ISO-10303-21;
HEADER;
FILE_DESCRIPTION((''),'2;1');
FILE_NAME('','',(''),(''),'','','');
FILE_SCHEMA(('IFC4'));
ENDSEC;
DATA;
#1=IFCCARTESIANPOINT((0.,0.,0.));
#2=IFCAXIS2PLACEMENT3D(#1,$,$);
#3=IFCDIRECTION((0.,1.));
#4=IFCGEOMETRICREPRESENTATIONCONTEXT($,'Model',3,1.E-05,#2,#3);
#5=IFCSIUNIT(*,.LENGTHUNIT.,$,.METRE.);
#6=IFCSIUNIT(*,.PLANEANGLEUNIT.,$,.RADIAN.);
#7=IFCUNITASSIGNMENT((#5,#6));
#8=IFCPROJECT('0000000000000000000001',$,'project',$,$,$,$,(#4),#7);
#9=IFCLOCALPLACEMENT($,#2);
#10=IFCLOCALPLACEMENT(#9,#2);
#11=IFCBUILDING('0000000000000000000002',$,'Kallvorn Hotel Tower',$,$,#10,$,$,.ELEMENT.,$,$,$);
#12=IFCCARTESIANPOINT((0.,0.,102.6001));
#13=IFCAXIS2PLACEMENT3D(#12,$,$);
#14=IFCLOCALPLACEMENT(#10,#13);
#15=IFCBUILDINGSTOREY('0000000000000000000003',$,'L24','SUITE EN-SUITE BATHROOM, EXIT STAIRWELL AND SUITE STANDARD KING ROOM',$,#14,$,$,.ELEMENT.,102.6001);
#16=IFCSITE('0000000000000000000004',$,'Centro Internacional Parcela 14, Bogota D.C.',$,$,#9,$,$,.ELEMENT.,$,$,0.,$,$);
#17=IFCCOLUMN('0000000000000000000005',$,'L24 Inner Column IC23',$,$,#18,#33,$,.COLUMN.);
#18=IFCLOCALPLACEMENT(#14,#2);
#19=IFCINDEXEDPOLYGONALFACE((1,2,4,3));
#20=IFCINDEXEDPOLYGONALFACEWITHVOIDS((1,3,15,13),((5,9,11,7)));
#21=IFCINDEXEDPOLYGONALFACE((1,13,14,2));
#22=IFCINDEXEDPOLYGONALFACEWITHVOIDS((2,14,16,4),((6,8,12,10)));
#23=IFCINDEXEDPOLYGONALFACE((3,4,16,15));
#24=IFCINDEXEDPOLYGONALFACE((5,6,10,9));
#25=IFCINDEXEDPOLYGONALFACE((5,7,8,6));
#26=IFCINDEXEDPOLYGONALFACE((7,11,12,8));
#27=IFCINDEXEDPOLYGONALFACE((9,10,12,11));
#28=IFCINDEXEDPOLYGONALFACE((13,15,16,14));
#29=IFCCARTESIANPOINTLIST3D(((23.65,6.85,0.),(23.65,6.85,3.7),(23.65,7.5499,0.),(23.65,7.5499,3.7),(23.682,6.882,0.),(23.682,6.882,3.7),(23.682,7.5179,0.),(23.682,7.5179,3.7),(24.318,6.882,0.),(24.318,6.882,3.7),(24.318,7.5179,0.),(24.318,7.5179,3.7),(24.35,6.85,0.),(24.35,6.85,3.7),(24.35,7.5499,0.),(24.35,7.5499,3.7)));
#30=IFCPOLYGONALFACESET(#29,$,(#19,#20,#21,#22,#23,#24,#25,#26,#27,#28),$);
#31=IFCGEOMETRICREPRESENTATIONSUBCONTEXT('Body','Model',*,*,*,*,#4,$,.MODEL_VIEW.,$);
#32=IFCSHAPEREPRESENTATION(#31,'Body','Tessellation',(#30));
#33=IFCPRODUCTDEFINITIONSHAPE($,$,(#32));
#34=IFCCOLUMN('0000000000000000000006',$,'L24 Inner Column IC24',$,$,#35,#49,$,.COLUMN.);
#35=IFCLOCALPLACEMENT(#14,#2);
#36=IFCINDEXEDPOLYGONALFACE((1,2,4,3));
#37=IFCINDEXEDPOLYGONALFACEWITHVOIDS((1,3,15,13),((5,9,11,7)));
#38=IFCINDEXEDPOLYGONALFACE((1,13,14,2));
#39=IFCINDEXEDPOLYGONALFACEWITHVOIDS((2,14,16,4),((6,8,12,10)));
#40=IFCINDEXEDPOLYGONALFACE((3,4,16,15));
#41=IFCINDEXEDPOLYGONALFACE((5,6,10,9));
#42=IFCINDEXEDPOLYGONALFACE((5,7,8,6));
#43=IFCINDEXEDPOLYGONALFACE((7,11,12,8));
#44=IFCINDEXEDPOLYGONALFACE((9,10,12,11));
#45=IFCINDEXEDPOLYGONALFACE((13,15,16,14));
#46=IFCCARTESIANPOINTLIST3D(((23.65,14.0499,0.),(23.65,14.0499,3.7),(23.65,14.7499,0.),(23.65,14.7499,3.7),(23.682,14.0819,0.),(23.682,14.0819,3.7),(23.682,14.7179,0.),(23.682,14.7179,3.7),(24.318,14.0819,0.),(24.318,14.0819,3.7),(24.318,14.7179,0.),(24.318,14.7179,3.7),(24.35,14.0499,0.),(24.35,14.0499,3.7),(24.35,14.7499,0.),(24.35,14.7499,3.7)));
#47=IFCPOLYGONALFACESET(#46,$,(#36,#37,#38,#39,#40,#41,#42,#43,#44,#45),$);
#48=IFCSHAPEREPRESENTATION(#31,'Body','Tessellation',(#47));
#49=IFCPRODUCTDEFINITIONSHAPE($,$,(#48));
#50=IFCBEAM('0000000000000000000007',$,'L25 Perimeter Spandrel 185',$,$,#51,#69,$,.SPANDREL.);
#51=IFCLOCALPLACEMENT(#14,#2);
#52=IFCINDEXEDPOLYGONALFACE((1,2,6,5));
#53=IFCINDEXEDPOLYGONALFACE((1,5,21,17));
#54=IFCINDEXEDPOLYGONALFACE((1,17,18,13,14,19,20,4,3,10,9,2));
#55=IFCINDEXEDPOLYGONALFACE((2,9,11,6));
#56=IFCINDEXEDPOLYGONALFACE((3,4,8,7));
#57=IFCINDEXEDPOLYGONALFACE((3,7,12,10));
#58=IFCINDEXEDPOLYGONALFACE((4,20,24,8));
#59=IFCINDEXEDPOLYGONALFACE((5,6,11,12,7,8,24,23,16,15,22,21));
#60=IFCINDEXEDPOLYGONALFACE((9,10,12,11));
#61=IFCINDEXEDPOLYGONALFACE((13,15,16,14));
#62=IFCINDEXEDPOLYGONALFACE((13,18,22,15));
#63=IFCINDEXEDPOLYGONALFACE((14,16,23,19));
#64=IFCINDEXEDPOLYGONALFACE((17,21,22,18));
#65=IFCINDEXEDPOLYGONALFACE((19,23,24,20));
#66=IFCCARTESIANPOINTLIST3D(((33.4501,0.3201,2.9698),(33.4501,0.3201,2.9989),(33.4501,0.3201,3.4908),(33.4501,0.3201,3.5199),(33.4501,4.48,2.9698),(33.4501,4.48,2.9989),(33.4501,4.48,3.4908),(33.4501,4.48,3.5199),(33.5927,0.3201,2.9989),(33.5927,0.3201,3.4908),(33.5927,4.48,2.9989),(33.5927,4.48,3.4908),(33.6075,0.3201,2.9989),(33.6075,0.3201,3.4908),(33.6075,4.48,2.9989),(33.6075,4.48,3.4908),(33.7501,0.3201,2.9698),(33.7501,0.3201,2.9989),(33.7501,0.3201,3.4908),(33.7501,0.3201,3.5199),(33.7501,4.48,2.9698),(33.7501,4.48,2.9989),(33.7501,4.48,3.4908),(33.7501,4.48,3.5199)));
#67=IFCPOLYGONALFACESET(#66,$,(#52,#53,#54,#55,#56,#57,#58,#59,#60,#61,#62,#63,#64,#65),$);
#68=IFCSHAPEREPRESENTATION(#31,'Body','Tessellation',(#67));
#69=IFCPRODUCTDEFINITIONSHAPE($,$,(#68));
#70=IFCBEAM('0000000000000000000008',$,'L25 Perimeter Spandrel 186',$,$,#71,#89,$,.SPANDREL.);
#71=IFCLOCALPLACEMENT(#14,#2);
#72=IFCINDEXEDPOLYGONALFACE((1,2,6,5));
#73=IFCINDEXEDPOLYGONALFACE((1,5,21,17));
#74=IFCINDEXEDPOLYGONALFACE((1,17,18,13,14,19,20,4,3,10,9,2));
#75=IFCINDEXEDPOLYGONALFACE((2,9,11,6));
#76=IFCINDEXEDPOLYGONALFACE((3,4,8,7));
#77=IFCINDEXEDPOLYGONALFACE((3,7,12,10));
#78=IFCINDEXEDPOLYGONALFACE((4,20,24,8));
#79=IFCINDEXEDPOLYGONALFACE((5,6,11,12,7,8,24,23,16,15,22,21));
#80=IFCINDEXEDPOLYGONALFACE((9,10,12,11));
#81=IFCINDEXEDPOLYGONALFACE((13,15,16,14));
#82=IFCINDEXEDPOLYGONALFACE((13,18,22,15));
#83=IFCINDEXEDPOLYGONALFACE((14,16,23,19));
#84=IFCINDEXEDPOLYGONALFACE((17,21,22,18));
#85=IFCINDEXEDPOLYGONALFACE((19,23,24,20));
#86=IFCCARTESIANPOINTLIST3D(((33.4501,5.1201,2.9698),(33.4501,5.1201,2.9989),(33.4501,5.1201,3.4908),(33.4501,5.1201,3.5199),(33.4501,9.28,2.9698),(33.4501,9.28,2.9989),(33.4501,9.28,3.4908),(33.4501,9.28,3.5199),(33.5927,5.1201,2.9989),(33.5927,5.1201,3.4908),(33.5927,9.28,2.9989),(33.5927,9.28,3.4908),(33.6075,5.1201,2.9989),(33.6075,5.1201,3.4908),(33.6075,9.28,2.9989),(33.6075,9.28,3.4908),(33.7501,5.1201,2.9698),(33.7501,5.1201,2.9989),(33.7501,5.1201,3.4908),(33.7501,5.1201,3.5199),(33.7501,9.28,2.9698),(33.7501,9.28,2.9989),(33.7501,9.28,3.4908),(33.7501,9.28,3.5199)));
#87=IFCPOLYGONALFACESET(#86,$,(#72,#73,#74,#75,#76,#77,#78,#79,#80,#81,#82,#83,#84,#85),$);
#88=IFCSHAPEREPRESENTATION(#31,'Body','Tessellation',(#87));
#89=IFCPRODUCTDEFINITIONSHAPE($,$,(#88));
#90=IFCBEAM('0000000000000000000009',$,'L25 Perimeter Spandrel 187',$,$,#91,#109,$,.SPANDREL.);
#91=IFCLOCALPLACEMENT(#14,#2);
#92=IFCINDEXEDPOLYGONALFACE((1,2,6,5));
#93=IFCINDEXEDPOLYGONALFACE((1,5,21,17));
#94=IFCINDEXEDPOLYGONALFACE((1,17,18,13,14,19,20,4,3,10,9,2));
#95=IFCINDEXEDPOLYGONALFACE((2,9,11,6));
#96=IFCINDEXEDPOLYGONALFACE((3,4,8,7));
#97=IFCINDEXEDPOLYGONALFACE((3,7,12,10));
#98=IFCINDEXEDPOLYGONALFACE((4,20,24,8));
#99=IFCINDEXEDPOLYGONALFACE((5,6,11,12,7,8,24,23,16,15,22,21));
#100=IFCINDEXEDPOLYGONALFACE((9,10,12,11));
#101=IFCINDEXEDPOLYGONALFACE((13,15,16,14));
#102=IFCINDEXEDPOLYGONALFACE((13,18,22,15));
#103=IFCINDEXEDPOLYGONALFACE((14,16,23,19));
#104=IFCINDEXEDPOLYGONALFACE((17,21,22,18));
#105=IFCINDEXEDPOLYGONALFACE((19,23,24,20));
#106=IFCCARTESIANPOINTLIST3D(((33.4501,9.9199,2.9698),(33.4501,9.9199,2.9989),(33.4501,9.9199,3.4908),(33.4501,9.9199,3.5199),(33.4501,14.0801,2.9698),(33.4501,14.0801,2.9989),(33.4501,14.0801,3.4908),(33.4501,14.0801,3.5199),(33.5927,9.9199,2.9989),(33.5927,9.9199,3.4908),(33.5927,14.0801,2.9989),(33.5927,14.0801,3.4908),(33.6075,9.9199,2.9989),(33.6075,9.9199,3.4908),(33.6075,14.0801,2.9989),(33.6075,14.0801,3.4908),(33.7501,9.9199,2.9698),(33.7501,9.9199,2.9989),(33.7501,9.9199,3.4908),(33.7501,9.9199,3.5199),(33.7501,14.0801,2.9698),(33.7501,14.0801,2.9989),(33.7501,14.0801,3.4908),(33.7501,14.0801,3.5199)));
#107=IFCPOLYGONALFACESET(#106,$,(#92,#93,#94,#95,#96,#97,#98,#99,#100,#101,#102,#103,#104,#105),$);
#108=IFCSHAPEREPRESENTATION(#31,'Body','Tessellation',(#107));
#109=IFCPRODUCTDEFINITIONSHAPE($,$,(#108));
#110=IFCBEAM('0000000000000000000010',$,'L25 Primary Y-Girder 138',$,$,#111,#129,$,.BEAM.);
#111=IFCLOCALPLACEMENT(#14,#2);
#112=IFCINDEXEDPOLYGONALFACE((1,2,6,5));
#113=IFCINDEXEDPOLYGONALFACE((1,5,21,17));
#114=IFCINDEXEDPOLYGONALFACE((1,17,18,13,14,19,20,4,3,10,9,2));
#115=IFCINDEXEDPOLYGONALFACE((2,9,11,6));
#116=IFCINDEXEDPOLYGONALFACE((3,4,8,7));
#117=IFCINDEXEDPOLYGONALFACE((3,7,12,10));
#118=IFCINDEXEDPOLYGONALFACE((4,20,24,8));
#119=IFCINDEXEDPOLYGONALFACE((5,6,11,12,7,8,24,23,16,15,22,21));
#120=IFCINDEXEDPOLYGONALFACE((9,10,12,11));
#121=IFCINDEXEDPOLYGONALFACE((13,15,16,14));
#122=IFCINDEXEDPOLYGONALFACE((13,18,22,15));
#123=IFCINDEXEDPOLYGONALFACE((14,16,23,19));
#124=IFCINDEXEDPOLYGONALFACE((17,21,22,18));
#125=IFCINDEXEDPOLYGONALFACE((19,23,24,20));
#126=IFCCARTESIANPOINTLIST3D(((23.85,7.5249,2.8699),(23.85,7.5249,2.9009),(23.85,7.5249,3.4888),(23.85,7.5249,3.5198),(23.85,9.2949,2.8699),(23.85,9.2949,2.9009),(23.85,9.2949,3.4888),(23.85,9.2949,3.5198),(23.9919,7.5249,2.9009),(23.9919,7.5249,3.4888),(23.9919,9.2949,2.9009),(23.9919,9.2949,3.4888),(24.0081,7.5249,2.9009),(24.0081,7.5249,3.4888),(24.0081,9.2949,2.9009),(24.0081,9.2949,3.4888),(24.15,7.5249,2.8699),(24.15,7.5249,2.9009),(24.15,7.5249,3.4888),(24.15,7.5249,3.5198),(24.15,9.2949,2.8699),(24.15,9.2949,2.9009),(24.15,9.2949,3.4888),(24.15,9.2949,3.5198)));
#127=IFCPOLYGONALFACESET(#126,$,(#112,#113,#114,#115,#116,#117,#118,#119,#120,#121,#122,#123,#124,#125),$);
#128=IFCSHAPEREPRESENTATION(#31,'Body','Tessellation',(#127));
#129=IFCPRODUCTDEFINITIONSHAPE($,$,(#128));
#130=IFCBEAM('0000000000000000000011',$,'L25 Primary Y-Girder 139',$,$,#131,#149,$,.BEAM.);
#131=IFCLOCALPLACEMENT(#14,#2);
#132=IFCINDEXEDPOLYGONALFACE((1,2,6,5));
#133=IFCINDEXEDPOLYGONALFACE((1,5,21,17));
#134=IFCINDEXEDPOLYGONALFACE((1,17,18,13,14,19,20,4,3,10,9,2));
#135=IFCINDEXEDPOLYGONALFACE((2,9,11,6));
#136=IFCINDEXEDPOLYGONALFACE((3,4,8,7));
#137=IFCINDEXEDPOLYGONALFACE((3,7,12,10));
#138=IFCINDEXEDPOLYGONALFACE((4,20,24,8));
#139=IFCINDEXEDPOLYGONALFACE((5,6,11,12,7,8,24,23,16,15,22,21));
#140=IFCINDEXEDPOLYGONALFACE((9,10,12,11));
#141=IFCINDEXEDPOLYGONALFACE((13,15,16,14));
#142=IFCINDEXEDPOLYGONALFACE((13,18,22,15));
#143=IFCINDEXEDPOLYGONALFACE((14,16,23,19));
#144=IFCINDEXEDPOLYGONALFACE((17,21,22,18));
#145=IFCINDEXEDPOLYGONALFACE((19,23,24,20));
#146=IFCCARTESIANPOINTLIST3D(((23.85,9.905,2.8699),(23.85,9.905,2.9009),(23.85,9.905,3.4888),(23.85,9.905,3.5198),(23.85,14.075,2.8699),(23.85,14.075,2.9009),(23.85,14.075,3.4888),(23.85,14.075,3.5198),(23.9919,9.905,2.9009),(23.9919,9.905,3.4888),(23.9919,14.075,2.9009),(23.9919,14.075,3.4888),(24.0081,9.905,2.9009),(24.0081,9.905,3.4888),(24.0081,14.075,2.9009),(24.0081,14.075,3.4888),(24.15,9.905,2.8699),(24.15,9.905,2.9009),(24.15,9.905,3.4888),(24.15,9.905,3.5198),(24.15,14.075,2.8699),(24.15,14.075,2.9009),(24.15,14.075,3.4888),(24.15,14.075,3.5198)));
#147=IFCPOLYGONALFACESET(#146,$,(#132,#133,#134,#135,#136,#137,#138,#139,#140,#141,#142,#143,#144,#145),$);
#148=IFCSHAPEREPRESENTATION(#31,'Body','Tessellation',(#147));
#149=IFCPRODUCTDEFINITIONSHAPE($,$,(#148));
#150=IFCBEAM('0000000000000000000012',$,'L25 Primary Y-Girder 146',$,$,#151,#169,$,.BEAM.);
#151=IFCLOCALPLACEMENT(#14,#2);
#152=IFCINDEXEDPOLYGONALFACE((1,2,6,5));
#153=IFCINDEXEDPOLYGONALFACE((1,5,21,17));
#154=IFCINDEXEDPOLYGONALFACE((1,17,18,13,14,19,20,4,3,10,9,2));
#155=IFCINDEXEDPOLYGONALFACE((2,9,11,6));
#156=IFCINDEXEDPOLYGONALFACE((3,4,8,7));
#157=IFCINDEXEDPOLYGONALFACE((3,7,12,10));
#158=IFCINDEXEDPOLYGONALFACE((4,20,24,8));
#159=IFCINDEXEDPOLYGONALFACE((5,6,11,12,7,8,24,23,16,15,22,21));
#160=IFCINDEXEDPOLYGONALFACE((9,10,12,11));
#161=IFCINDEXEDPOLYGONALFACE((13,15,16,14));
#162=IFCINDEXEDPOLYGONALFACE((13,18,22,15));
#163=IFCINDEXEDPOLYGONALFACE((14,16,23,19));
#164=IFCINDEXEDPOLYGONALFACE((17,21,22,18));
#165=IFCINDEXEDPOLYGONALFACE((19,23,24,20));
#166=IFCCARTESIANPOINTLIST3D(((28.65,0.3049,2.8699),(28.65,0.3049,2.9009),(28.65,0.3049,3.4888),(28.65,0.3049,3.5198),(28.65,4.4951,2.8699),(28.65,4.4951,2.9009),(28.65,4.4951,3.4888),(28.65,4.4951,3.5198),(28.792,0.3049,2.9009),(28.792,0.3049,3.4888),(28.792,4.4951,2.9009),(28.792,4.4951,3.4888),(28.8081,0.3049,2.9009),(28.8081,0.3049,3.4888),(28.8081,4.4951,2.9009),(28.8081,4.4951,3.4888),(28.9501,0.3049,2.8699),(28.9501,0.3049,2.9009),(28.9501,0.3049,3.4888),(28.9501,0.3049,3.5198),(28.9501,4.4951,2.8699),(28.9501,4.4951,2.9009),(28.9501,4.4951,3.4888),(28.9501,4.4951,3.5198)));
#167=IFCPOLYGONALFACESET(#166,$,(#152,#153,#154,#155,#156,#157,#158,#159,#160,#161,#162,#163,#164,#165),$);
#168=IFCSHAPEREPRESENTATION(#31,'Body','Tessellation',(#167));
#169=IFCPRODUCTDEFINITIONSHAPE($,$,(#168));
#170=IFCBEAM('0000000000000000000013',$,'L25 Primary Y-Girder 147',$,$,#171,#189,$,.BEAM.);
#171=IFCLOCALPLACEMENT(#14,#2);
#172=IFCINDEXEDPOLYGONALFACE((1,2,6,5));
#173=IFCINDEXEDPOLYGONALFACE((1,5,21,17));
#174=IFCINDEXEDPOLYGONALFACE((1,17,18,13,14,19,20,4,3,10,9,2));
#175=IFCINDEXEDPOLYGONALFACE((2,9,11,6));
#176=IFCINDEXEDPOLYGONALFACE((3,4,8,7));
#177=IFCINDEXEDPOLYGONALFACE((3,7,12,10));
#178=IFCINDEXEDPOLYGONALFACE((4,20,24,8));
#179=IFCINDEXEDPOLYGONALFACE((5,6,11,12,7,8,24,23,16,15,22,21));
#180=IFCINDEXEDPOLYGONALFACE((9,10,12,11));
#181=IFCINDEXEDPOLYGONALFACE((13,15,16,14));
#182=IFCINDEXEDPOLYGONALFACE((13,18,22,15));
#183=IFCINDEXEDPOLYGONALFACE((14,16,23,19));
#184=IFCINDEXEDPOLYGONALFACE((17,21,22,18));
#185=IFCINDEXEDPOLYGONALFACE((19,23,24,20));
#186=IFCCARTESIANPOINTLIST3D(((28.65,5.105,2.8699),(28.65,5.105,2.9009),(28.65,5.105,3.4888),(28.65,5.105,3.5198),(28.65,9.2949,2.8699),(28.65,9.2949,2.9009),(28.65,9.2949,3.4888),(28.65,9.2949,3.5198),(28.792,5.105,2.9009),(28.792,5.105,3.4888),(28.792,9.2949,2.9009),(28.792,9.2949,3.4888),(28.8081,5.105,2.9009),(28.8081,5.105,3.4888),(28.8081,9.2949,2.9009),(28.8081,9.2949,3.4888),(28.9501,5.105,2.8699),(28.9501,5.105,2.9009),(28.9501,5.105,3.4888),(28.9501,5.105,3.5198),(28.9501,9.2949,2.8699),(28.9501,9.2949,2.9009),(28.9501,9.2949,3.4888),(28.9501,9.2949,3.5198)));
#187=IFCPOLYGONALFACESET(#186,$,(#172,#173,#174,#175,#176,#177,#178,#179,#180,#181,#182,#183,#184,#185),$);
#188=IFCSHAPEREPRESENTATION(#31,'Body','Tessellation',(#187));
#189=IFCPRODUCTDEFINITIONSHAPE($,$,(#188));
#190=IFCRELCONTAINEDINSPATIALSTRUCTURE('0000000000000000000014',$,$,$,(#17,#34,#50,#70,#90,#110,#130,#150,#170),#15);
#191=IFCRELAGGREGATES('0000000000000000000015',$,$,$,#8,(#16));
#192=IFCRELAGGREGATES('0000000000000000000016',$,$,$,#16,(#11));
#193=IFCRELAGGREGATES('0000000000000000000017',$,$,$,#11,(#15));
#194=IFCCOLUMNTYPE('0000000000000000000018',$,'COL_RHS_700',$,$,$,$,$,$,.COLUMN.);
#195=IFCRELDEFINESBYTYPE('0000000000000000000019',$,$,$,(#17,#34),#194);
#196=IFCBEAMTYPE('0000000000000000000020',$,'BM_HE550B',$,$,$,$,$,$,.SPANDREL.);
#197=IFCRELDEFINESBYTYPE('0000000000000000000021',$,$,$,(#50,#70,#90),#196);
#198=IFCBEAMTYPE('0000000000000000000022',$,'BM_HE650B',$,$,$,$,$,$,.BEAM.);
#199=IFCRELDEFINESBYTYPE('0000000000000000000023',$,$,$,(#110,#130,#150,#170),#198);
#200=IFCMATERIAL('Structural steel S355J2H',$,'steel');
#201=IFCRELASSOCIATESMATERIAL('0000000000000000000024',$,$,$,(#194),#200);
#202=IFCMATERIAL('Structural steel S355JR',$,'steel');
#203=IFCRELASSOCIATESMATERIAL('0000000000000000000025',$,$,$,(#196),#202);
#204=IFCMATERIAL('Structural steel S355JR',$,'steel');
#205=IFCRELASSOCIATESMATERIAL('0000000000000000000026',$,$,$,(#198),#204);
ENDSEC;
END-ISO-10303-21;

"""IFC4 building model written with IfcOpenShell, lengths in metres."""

from ifc_helpers import new_model, si_unit, direction, frame, origin, origin_2d, place, context, subcontext, project, spatial, hollow_rectangle, i_section, extrude, material, material_profile, profile_set, type_object, element, save


model = new_model("IFC4")

# Units and contexts
model_context = context("Model", 3, precision=1e-05, world=origin(), true_north=direction((0.0, 1.0)))
body_context = subcontext(model_context, "Body", "Model", "MODEL_VIEW")
ifc_project = project(units=[si_unit("LENGTHUNIT", "METRE"), si_unit("PLANEANGLEUNIT", "RADIAN")], contexts=[model_context])

# Site, building, storey
site_placement = place(None, origin())
site = spatial("IfcSite", under=ifc_project, at=site_placement, Name="Centro Internacional Parcela 14, Bogota D.C.", CompositionType="ELEMENT", RefElevation=0.0)
building_placement = place(site_placement, origin())
building = spatial("IfcBuilding", under=site, at=building_placement, Name="Kallvorn Hotel Tower", CompositionType="ELEMENT")
storey_placement = place(building_placement, frame((0.0, 0.0, 102.6001)))
storey = spatial("IfcBuildingStorey", under=building, at=storey_placement, Name="L24", Description="SUITE EN-SUITE BATHROOM, EXIT STAIRWELL AND SUITE STANDARD KING ROOM", CompositionType="ELEMENT", Elevation=102.6001)

# Columns
ifc_material_1 = material(Name="Structural steel S355J2H", Category="steel")
ifc_material_profile_1 = material_profile(ifc_material_1, hollow_rectangle(XDim=0.7, YDim=0.7, WallThickness=0.032, at=origin_2d()), Name="RHS 700x700x32")
ifc_profile_set_1 = profile_set([ifc_material_profile_1], Name="Structural steel S355J2H")
column_type_1 = type_object("IfcColumnType", Name="COL_RHS_700", PredefinedType="COLUMN", material=ifc_profile_set_1)
for number, where, z_axis, x_axis, name in (
    (1, (24.0, 7.2, 0.0), (0.0, 0.0, 1.0), (1.0, 0.0, 0.0), "L24 Inner Column IC23"),
    (2, (24.0, 14.3999, 0.0), (0.0, 0.0, 1.0), (1.0, 0.0, 0.0), "L24 Inner Column IC24"),
):
    element("IfcColumn", number, at=place(storey_placement, frame(where, z_axis=z_axis, x_axis=x_axis)), inside=storey, type_object=column_type_1, Name=name, PredefinedType="COLUMN", context=body_context, shape_type="SweptSolid", body=[
        extrude(hollow_rectangle(XDim=0.7, YDim=0.7, WallThickness=0.032, at=origin_2d()), origin(), (0.0, 0.0, 1.0), 3.7),
    ])

# Beams
ifc_material_2 = material(Name="Structural steel S355JR", Category="steel")
ifc_material_profile_2 = material_profile(ifc_material_2, i_section(OverallWidth=0.3, OverallDepth=0.55, WebThickness=0.0149, FlangeThickness=0.0291, at=origin_2d()), Name="HE 550 B")
ifc_profile_set_2 = profile_set([ifc_material_profile_2], Name="Structural steel S355JR")
beam_type_1 = type_object("IfcBeamType", Name="BM_HE550B", PredefinedType="SPANDREL", material=ifc_profile_set_2)
for number, where, z_axis, x_axis, name in (
    (3, (33.6001, 0.3201, 3.2449), (0.0, 1.0, 0.0), (-1.0, 0.0, 0.0), "L25 Perimeter Spandrel 185"),
    (4, (33.6001, 5.1201, 3.2449), (0.0, 1.0, 0.0), (-1.0, 0.0, 0.0), "L25 Perimeter Spandrel 186"),
):
    element("IfcBeam", number, at=place(storey_placement, frame(where, z_axis=z_axis, x_axis=x_axis)), inside=storey, type_object=beam_type_1, Name=name, PredefinedType="SPANDREL", context=body_context, shape_type="SweptSolid", body=[
        extrude(i_section(OverallWidth=0.3, OverallDepth=0.55, WebThickness=0.0149, FlangeThickness=0.0291, at=origin_2d()), origin(), (0.0, 0.0, 1.0), 4.1599),
    ])
beam_1_placement = place(storey_placement, frame((33.6001, 9.9199, 3.2449), z_axis=(0.0, 1.0, 0.0), x_axis=(-1.0, 0.0, 0.0)))
element("IfcBeam", 5, at=beam_1_placement, inside=storey, type_object=beam_type_1, Name="L25 Perimeter Spandrel 187", PredefinedType="SPANDREL", context=body_context, shape_type="SweptSolid", body=[
    extrude(i_section(OverallWidth=0.3, OverallDepth=0.55, WebThickness=0.0149, FlangeThickness=0.0291, at=origin_2d()), origin(), (0.0, 0.0, 1.0), 4.1602),
])
ifc_material_3 = material(Name="Structural steel S355JR", Category="steel")
ifc_material_profile_3 = material_profile(ifc_material_3, i_section(OverallWidth=0.3, OverallDepth=0.6499, WebThickness=0.0161, FlangeThickness=0.031, at=origin_2d()), Name="HE 650 B")
ifc_profile_set_3 = profile_set([ifc_material_profile_3], Name="Structural steel S355JR")
beam_type_2 = type_object("IfcBeamType", Name="BM_HE650B", PredefinedType="BEAM", material=ifc_profile_set_3)
beam_2_placement = place(storey_placement, frame((24.0, 7.5249, 3.1948), z_axis=(0.0, 1.0, 0.0), x_axis=(-1.0, 0.0, 0.0)))
element("IfcBeam", 6, at=beam_2_placement, inside=storey, type_object=beam_type_2, Name="L25 Primary Y-Girder 138", PredefinedType="BEAM", context=body_context, shape_type="SweptSolid", body=[
    extrude(i_section(OverallWidth=0.3, OverallDepth=0.6499, WebThickness=0.0161, FlangeThickness=0.031, at=origin_2d()), origin(), (0.0, 0.0, 1.0), 1.77),
])
beam_3_placement = place(storey_placement, frame((24.0, 9.905, 3.1948), z_axis=(0.0, 1.0, 0.0), x_axis=(-1.0, 0.0, 0.0)))
element("IfcBeam", 7, at=beam_3_placement, inside=storey, type_object=beam_type_2, Name="L25 Primary Y-Girder 139", PredefinedType="BEAM", context=body_context, shape_type="SweptSolid", body=[
    extrude(i_section(OverallWidth=0.3, OverallDepth=0.6499, WebThickness=0.0161, FlangeThickness=0.031, at=origin_2d()), origin(), (0.0, 0.0, 1.0), 4.1699),
])
beam_4_placement = place(storey_placement, frame((28.8, 0.3049, 3.1948), z_axis=(0.0, 1.0, 0.0), x_axis=(-1.0, 0.0, 0.0)))
element("IfcBeam", 8, at=beam_4_placement, inside=storey, type_object=beam_type_2, Name="L25 Primary Y-Girder 146", PredefinedType="BEAM", context=body_context, shape_type="SweptSolid", body=[
    extrude(i_section(OverallWidth=0.3, OverallDepth=0.6499, WebThickness=0.0161, FlangeThickness=0.031, at=origin_2d()), origin(), (0.0, 0.0, 1.0), 4.1902),
])
for number, where, z_axis, x_axis, name in (
    (9, (28.8, 5.105, 3.1948), (0.0, 1.0, 0.0), (-1.0, 0.0, 0.0), "L25 Primary Y-Girder 147"),
):
    element("IfcBeam", number, at=place(storey_placement, frame(where, z_axis=z_axis, x_axis=x_axis)), inside=storey, type_object=beam_type_2, Name=name, PredefinedType="BEAM", context=body_context, shape_type="SweptSolid", body=[
        extrude(i_section(OverallWidth=0.3, OverallDepth=0.6499, WebThickness=0.0161, FlangeThickness=0.031, at=origin_2d()), origin(), (0.0, 0.0, 1.0), 4.1899),
    ])

save(model, "model.ifc")
